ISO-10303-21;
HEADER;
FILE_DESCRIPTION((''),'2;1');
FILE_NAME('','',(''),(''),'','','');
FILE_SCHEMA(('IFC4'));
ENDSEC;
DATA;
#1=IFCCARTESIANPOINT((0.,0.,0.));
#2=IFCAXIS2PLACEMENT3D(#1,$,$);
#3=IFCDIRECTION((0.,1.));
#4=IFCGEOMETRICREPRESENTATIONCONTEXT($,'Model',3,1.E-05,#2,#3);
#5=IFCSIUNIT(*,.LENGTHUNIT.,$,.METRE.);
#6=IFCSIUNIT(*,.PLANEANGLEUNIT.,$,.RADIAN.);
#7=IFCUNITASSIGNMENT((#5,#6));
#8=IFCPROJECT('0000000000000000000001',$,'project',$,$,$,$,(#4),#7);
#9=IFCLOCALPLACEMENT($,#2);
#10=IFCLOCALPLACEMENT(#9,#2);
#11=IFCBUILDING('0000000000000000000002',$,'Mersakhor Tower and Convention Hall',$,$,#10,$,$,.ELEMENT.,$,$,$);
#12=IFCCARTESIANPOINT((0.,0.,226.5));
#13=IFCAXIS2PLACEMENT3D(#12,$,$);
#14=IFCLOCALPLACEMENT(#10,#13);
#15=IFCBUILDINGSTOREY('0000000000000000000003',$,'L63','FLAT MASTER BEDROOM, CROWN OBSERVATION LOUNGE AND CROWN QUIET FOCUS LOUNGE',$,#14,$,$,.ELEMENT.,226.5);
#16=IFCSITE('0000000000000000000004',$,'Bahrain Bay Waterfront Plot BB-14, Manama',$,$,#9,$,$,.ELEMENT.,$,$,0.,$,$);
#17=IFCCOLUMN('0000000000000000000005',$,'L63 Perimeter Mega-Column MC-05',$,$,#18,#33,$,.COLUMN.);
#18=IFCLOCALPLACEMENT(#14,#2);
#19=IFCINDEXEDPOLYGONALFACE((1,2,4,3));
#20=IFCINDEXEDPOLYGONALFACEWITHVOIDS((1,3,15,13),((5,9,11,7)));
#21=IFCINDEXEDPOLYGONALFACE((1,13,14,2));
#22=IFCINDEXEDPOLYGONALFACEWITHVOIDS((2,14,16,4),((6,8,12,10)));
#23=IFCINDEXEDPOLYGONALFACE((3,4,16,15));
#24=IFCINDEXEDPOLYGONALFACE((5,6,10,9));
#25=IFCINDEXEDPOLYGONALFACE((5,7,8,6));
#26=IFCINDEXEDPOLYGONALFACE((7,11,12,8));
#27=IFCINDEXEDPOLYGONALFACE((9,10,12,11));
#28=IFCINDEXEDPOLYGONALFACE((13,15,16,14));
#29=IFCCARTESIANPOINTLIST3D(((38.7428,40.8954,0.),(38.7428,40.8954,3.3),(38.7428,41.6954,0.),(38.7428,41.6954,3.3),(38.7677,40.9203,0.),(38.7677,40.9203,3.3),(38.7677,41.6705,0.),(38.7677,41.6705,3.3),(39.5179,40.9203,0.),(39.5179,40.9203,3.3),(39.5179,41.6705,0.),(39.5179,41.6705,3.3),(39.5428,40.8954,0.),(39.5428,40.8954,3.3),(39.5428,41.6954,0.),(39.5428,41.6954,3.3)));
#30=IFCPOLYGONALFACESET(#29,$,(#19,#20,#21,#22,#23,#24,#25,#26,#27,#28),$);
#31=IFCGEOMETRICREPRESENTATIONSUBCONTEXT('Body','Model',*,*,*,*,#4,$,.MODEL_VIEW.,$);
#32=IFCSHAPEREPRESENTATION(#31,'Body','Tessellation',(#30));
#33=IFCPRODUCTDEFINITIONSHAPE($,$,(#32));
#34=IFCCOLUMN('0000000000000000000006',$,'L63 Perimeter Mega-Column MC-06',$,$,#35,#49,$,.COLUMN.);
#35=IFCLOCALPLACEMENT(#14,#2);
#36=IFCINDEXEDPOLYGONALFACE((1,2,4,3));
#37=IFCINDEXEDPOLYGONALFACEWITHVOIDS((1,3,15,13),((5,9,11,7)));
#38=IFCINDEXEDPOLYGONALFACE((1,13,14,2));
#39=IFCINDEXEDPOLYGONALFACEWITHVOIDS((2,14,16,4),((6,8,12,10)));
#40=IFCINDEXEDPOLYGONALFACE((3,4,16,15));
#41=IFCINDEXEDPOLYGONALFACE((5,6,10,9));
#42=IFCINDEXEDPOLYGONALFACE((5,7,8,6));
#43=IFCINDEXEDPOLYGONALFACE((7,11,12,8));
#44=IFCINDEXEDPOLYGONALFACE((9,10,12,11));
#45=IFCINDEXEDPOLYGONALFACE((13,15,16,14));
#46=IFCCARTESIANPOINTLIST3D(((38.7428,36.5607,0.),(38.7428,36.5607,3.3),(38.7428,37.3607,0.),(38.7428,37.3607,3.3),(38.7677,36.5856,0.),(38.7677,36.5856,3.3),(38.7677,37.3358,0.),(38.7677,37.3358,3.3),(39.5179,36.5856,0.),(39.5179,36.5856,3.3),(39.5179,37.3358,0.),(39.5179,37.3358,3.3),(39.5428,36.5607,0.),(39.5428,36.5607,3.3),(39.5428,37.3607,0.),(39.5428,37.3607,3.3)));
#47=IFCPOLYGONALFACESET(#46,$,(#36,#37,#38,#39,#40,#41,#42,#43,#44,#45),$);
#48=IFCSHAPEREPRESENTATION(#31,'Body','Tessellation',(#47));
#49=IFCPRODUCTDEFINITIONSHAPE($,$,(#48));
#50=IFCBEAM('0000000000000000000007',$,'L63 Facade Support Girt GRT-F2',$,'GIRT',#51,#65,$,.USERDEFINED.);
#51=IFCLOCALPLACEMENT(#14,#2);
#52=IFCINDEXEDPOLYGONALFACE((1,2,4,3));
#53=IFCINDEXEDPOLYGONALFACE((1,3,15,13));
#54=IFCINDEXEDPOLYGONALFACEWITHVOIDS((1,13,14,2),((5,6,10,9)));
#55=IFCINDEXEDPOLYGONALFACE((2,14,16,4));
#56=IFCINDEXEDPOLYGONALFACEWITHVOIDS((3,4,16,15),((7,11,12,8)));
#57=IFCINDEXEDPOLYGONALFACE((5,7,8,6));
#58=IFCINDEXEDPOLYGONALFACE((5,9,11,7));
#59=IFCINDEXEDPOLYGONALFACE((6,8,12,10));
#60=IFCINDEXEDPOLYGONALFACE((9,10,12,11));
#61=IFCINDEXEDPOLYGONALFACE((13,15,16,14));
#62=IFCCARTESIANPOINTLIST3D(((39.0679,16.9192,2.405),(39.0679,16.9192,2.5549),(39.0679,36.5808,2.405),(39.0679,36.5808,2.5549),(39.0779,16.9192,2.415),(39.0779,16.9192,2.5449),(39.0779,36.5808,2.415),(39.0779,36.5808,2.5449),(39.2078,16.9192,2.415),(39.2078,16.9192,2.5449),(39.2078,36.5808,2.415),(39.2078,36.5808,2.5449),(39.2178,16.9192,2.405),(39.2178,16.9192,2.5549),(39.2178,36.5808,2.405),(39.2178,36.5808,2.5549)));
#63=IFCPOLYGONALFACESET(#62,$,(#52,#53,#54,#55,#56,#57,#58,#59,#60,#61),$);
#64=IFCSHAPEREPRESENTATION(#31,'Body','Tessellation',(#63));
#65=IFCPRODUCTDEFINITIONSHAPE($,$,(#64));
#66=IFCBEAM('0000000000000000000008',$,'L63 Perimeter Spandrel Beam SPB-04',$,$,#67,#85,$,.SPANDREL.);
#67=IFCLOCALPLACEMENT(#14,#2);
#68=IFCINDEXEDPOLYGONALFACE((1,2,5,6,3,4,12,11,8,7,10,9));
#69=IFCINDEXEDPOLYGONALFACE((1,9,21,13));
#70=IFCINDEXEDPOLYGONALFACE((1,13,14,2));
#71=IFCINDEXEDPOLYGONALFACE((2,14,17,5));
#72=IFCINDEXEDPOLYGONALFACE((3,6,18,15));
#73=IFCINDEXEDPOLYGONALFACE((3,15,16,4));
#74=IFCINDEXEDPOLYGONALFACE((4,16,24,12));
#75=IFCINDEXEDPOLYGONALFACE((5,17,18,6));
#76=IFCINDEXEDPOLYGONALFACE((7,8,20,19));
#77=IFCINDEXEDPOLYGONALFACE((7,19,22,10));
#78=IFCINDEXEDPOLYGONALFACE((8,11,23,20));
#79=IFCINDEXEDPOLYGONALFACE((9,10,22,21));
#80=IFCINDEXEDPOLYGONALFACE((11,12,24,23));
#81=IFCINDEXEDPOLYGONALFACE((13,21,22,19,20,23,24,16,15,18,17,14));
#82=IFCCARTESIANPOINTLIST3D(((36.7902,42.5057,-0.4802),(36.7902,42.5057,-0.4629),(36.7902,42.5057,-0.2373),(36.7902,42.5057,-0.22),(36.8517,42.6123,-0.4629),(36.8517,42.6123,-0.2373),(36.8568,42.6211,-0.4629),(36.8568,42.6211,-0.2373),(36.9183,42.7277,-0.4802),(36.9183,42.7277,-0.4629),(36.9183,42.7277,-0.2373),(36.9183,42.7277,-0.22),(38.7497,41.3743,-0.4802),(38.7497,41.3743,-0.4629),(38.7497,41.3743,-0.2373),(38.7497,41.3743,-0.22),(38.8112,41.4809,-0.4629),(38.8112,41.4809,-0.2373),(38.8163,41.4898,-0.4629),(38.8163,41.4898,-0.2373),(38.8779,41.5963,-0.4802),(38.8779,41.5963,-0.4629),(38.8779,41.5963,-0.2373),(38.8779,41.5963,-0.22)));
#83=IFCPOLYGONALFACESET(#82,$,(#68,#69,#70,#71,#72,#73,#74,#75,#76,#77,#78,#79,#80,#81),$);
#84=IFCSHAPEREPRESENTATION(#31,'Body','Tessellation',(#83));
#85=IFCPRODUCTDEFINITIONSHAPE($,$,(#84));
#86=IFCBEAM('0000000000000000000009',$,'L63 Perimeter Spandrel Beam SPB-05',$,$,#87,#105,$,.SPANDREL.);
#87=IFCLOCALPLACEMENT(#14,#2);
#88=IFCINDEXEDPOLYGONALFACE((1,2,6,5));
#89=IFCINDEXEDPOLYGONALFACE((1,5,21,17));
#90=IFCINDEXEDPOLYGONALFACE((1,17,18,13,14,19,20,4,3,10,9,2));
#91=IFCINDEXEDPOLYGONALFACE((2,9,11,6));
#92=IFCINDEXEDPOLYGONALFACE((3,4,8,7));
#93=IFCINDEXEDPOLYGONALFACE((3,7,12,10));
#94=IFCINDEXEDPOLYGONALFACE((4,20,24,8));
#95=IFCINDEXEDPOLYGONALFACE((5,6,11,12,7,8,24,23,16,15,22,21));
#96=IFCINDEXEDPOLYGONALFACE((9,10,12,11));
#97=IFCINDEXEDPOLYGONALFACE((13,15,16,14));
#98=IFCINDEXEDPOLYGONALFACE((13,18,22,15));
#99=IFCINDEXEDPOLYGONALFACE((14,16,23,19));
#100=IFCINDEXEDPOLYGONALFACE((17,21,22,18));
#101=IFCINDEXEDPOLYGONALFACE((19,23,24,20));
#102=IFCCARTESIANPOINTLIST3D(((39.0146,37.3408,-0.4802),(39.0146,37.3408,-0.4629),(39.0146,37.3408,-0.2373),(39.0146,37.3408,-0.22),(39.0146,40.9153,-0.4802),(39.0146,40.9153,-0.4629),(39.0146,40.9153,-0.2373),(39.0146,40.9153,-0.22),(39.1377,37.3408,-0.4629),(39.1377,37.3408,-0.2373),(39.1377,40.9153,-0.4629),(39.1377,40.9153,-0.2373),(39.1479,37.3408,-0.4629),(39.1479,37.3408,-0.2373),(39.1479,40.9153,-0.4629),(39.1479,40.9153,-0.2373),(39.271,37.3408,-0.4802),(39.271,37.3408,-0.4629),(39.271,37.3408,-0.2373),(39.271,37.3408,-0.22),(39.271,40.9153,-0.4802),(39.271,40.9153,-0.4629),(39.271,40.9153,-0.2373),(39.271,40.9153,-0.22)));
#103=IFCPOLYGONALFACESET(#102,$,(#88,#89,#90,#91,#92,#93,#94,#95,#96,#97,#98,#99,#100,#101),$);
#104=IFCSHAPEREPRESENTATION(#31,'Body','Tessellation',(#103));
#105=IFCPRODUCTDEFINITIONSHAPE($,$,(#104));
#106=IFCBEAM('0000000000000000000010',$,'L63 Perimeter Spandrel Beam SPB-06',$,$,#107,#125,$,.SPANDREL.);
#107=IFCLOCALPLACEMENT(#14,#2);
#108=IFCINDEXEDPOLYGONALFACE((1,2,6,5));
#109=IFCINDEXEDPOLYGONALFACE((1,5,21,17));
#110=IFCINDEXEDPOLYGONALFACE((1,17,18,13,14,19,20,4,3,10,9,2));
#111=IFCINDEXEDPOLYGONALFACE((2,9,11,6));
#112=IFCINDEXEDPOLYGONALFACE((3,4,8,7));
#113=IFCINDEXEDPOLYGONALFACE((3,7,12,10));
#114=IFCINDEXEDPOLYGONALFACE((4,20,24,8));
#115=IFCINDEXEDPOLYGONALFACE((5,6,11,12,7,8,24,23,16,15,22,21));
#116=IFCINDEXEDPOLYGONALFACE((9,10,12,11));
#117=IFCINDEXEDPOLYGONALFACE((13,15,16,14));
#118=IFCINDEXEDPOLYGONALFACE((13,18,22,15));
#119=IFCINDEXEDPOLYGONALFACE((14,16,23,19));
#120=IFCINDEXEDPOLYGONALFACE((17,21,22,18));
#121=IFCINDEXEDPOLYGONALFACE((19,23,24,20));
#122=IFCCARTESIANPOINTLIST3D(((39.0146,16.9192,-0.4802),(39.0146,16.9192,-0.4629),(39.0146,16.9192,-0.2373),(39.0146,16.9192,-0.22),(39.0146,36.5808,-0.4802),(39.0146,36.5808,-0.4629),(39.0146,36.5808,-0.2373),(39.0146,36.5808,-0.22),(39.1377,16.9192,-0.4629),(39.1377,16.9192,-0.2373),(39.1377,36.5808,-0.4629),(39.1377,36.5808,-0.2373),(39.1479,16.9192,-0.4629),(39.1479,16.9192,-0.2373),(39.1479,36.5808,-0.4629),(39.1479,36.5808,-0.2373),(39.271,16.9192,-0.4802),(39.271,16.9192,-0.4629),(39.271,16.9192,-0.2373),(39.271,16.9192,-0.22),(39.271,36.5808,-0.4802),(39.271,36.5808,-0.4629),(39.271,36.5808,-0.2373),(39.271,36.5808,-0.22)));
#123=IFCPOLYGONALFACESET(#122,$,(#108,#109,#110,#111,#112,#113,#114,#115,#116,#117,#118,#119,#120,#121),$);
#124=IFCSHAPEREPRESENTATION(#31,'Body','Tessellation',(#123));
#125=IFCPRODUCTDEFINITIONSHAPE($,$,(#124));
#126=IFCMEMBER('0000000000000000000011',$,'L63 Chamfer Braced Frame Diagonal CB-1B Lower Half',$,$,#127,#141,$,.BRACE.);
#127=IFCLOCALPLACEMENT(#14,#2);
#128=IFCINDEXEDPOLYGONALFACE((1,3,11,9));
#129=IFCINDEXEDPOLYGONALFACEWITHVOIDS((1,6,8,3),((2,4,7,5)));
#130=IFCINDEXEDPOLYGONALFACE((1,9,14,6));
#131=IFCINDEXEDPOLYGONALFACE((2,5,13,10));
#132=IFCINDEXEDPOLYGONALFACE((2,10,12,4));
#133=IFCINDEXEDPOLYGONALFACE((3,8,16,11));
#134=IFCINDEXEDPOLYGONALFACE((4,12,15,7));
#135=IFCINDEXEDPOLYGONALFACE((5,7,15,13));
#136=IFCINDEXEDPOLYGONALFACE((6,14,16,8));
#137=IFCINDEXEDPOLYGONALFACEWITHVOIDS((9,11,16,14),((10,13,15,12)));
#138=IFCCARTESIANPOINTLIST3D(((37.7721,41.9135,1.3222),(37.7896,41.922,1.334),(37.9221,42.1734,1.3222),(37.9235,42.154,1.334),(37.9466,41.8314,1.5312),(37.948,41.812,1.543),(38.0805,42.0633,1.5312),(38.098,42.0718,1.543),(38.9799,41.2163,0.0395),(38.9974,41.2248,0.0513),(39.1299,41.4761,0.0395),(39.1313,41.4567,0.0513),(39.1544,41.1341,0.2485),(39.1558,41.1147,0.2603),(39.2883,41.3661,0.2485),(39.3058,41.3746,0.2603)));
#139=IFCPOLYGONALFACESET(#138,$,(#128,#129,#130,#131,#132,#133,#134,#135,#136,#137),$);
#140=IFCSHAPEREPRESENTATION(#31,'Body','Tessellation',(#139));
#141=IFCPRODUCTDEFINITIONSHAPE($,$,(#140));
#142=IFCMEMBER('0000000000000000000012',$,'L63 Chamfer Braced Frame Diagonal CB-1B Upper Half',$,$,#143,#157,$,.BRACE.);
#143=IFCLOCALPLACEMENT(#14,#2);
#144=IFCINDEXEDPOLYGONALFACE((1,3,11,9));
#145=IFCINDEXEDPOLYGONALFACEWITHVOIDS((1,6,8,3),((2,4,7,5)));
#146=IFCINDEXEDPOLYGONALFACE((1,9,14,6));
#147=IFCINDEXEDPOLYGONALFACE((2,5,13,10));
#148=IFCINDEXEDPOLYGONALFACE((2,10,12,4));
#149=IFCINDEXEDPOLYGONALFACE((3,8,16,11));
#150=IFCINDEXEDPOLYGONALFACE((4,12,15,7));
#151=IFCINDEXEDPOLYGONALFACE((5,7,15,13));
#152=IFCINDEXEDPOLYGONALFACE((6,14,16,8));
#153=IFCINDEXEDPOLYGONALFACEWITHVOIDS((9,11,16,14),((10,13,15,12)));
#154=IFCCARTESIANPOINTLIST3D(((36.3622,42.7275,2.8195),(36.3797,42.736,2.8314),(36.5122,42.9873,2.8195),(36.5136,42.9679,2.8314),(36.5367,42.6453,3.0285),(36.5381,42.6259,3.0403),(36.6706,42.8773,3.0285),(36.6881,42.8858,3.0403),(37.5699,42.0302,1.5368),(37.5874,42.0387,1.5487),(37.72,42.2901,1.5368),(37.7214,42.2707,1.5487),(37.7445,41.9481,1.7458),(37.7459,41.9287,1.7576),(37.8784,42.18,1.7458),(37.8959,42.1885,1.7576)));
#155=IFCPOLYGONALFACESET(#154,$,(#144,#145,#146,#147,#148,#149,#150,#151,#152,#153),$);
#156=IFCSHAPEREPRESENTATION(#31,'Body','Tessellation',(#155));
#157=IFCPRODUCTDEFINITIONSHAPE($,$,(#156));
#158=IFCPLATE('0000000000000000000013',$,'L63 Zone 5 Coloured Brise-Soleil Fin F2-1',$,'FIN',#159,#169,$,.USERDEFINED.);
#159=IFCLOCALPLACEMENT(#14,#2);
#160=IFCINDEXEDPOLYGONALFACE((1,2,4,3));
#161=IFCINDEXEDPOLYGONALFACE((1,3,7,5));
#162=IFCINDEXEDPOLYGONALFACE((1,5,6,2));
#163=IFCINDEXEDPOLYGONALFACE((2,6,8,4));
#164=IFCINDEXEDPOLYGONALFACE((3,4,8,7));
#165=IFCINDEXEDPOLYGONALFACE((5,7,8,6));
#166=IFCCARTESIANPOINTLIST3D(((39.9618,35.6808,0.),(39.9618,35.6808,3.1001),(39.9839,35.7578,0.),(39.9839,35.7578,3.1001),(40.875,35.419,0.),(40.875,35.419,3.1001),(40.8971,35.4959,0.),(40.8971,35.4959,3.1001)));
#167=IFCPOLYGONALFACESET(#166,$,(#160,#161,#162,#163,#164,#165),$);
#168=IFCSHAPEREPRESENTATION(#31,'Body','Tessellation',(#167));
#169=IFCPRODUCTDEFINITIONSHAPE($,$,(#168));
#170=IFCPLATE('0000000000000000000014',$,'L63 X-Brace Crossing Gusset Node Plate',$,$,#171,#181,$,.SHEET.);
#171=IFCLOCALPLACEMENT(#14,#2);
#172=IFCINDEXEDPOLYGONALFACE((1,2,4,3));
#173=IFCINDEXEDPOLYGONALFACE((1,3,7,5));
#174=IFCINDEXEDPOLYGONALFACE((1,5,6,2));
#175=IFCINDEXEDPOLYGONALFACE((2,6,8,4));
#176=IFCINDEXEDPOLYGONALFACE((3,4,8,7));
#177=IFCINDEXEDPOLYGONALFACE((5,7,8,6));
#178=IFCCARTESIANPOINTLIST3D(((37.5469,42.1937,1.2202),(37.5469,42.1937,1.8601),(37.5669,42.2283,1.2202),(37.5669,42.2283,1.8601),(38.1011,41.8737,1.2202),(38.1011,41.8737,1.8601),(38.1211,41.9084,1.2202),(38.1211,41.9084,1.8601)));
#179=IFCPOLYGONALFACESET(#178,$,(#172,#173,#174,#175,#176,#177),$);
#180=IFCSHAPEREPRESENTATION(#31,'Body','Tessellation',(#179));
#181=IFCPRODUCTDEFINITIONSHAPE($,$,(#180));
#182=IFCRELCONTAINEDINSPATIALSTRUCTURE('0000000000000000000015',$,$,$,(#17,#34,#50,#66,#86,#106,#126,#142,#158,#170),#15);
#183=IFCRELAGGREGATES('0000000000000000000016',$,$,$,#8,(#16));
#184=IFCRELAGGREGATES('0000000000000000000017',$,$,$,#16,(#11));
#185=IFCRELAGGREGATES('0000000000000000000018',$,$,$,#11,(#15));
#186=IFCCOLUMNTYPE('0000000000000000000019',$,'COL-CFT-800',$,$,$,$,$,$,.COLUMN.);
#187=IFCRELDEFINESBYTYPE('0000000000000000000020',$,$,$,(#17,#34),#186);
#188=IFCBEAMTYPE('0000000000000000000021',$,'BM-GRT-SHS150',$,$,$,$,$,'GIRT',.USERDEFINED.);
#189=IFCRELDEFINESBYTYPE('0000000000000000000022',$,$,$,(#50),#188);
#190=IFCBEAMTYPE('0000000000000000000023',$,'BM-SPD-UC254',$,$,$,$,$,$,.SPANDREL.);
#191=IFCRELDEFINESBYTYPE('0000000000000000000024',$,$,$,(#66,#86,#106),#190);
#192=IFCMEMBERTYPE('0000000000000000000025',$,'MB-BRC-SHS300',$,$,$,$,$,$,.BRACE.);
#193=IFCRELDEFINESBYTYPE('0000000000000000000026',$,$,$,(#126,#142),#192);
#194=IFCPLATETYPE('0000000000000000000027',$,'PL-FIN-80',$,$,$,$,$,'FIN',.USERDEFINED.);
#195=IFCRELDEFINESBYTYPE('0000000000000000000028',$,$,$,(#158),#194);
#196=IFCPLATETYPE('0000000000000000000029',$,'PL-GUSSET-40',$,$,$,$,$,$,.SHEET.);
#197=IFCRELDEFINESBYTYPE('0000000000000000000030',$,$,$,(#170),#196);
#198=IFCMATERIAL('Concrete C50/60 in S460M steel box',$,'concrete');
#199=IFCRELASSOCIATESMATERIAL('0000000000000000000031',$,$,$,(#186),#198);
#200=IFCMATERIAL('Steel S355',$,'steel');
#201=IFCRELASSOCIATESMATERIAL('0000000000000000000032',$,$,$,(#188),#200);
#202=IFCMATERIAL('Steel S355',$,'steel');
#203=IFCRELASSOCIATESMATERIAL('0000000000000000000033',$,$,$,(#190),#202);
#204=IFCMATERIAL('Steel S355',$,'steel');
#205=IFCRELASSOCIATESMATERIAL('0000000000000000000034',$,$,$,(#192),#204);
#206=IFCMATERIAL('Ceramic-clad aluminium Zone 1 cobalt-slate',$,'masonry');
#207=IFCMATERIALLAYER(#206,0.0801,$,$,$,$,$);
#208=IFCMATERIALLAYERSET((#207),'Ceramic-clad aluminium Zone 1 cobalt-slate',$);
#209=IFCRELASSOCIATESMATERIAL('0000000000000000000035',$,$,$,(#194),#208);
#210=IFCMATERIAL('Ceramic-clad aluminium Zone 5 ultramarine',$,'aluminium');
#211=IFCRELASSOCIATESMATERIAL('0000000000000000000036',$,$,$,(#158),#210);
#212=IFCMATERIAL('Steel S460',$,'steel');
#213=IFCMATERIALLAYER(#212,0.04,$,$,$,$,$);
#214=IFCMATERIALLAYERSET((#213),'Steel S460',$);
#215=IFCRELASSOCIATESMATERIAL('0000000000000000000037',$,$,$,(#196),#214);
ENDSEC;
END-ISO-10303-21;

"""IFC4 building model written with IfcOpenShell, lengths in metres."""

from ifc_helpers import new_model, si_unit, direction, frame, origin, origin_2d, place, context, subcontext, project, spatial, rectangle, hollow_rectangle, i_section, extrude, material, layer, layer_set, material_profile, profile_set, type_object, element, save


model = new_model("IFC4")

# Units and contexts
model_context = context("Model", 3, precision=1e-05, world=origin(), true_north=direction((0.0, 1.0)))
body_context = subcontext(model_context, "Body", "Model", "MODEL_VIEW")
ifc_project = project(units=[si_unit("LENGTHUNIT", "METRE"), si_unit("PLANEANGLEUNIT", "RADIAN")], contexts=[model_context])

# Site, building, storey
site_placement = place(None, origin())
site = spatial("IfcSite", under=ifc_project, at=site_placement, Name="Bahrain Bay Waterfront Plot BB-14, Manama", CompositionType="ELEMENT", RefElevation=0.0)
building_placement = place(site_placement, origin())
building = spatial("IfcBuilding", under=site, at=building_placement, Name="Mersakhor Tower and Convention Hall", CompositionType="ELEMENT")
storey_placement = place(building_placement, frame((0.0, 0.0, 226.5)))
storey = spatial("IfcBuildingStorey", under=building, at=storey_placement, Name="L63", Description="FLAT MASTER BEDROOM, CROWN OBSERVATION LOUNGE AND CROWN QUIET FOCUS LOUNGE", CompositionType="ELEMENT", Elevation=226.5)

# Columns
ifc_material_1 = material(Name="Concrete C50/60 in S460M steel box", Category="concrete")
ifc_material_profile_1 = material_profile(ifc_material_1, hollow_rectangle(XDim=0.8, YDim=0.8, WallThickness=0.0249, at=origin_2d()), Name="SHS 800x800x25")
ifc_profile_set_1 = profile_set([ifc_material_profile_1], Name="Concrete C50/60 in S460M steel box")
column_type = type_object("IfcColumnType", Name="COL-CFT-800", PredefinedType="COLUMN", material=ifc_profile_set_1)
for number, where, z_axis, x_axis, name in (
    (1, (39.1428, 41.2954, 0.0), (0.0, 0.0, 1.0), (1.0, 0.0, 0.0), "L63 Perimeter Mega-Column MC-05"),
    (2, (39.1428, 36.9607, 0.0), (0.0, 0.0, 1.0), (1.0, 0.0, 0.0), "L63 Perimeter Mega-Column MC-06"),
):
    element("IfcColumn", number, at=place(storey_placement, frame(where, z_axis=z_axis, x_axis=x_axis)), inside=storey, type_object=column_type, Name=name, PredefinedType="COLUMN", context=body_context, shape_type="SweptSolid", body=[
        extrude(hollow_rectangle(XDim=0.8, YDim=0.8, WallThickness=0.0249, at=origin_2d()), origin(), (0.0, 0.0, 1.0), 3.3),
    ])

# Beams
ifc_material_2 = material(Name="Steel S355", Category="steel")
ifc_material_profile_2 = material_profile(ifc_material_2, hollow_rectangle(XDim=0.1499, YDim=0.1499, WallThickness=0.01, at=origin_2d()), Name="SHS 150x150x10")
ifc_profile_set_2 = profile_set([ifc_material_profile_2], Name="Steel S355")
beam_type_1 = type_object("IfcBeamType", Name="BM-GRT-SHS150", ElementType="GIRT", PredefinedType="USERDEFINED", material=ifc_profile_set_2)
beam_1_placement = place(storey_placement, frame((39.1428, 36.5808, 2.48), z_axis=(0.0, -1.0, 0.0), x_axis=(1.0, 0.0, 0.0)))
element("IfcBeam", 3, at=beam_1_placement, inside=storey, type_object=beam_type_1, Name="L63 Facade Support Girt GRT-F2", ObjectType="GIRT", PredefinedType="USERDEFINED", context=body_context, shape_type="SweptSolid", body=[
    extrude(hollow_rectangle(XDim=0.1499, YDim=0.1499, WallThickness=0.01, at=origin_2d()), origin(), (0.0, 0.0, 1.0), 19.6616),
])
ifc_material_3 = material(Name="Steel S355", Category="steel")
ifc_material_profile_3 = material_profile(ifc_material_3, i_section(OverallWidth=0.2563, OverallDepth=0.2603, WebThickness=0.0103, FlangeThickness=0.0173, at=origin_2d()), Name="UC 254x254x89")
ifc_profile_set_3 = profile_set([ifc_material_profile_3], Name="Steel S355")
beam_type_2 = type_object("IfcBeamType", Name="BM-SPD-UC254", PredefinedType="SPANDREL", material=ifc_profile_set_3)
beam_2_placement = place(storey_placement, frame((36.8542, 42.6167, -0.3501), z_axis=(0.866017, -0.500015, 0.0), x_axis=(0.500015, 0.866017, 0.0)))
element("IfcBeam", 4, at=beam_2_placement, inside=storey, type_object=beam_type_2, Name="L63 Perimeter Spandrel Beam SPB-04", PredefinedType="SPANDREL", context=body_context, shape_type="SweptSolid", body=[
    extrude(i_section(OverallWidth=0.2563, OverallDepth=0.2603, WebThickness=0.0103, FlangeThickness=0.0173, at=origin_2d()), origin(), (0.0, 0.0, 1.0), 2.2627),
])
beam_3_placement = place(storey_placement, frame((39.1428, 40.9153, -0.3501), z_axis=(0.0, -1.0, 0.0), x_axis=(1.0, 0.0, 0.0)))
element("IfcBeam", 5, at=beam_3_placement, inside=storey, type_object=beam_type_2, Name="L63 Perimeter Spandrel Beam SPB-05", PredefinedType="SPANDREL", context=body_context, shape_type="SweptSolid", body=[
    extrude(i_section(OverallWidth=0.2563, OverallDepth=0.2603, WebThickness=0.0103, FlangeThickness=0.0173, at=origin_2d()), origin(), (0.0, 0.0, 1.0), 3.5745),
])
beam_4_placement = place(storey_placement, frame((39.1428, 36.5808, -0.3501), z_axis=(0.0, -1.0, 0.0), x_axis=(1.0, 0.0, 0.0)))
element("IfcBeam", 6, at=beam_4_placement, inside=storey, type_object=beam_type_2, Name="L63 Perimeter Spandrel Beam SPB-06", PredefinedType="SPANDREL", context=body_context, shape_type="SweptSolid", body=[
    extrude(i_section(OverallWidth=0.2563, OverallDepth=0.2603, WebThickness=0.0103, FlangeThickness=0.0173, at=origin_2d()), origin(), (0.0, 0.0, 1.0), 19.6616),
])

# Members
ifc_material_4 = material(Name="Steel S355", Category="steel")
ifc_material_profile_4 = material_profile(ifc_material_4, hollow_rectangle(XDim=0.3, YDim=0.3, WallThickness=0.0161, at=origin_2d()), Name="SHS 300x300x16")
ifc_profile_set_4 = profile_set([ifc_material_profile_4], Name="Steel S355")
member_type = type_object("IfcMemberType", Name="MB-BRC-SHS300", PredefinedType="BRACE", material=ifc_profile_set_4)
for number, where, z_axis, x_axis, name in (
    (7, (39.1428, 41.2954, 0.1499), (-0.637413, 0.367991, 0.676969), (-0.49998, -0.866037, 0.0), "L63 Chamfer Braced Frame Diagonal CB-1B Lower Half"),
    (8, (37.7329, 42.1094, 1.6472), (-0.637413, 0.367991, 0.676969), (-0.49998, -0.866037, 0.0), "L63 Chamfer Braced Frame Diagonal CB-1B Upper Half"),
):
    element("IfcMember", number, at=place(storey_placement, frame(where, z_axis=z_axis, x_axis=x_axis)), inside=storey, type_object=member_type, Name=name, PredefinedType="BRACE", context=body_context, shape_type="SweptSolid", body=[
        extrude(hollow_rectangle(XDim=0.3, YDim=0.3, WallThickness=0.0161, at=origin_2d()), origin(), (0.0, 0.0, 1.0), 1.8948),
    ])

# Plates
ifc_material_5 = material(Name="Ceramic-clad aluminium Zone 5 ultramarine", Category="aluminium")
ifc_material_6 = material(Name="Ceramic-clad aluminium Zone 1 cobalt-slate", Category="masonry")
ifc_layer_1 = layer(ifc_material_6, 0.0801)
ifc_layer_set_1 = layer_set([ifc_layer_1], Name="Ceramic-clad aluminium Zone 1 cobalt-slate")
plate_type_1 = type_object("IfcPlateType", Name="PL-FIN-80", ElementType="FIN", PredefinedType="USERDEFINED", material=ifc_layer_set_1)
plate_1_placement = place(storey_placement, frame((40.4294, 35.5884, 0.0), z_axis=(0.0, 0.0, 1.0), x_axis=(0.961262, -0.275637, 0.0)))
element("IfcPlate", 9, at=plate_1_placement, inside=storey, type_object=plate_type_1, material=ifc_material_5, Name="L63 Zone 5 Coloured Brise-Soleil Fin F2-1", ObjectType="FIN", PredefinedType="USERDEFINED", context=body_context, shape_type="SweptSolid", body=[
    extrude(rectangle(XDim=0.95, YDim=0.0801, at=origin_2d()), origin(), (0.0, 0.0, 1.0), 3.1001),
])
ifc_material_7 = material(Name="Steel S460", Category="steel")
ifc_layer_2 = layer(ifc_material_7, 0.04)
ifc_layer_set_2 = layer_set([ifc_layer_2], Name="Steel S460")
plate_type_2 = type_object("IfcPlateType", Name="PL-GUSSET-40", PredefinedType="SHEET", material=ifc_layer_set_2)
plate_2_placement = place(storey_placement, frame((37.834, 42.051, 1.2202), z_axis=(0.0, 0.0, 1.0), x_axis=(-0.866025, 0.5, 0.0)))
element("IfcPlate", 10, at=plate_2_placement, inside=storey, type_object=plate_type_2, Name="L63 X-Brace Crossing Gusset Node Plate", PredefinedType="SHEET", context=body_context, shape_type="SweptSolid", body=[
    extrude(rectangle(XDim=0.6399, YDim=0.04, at=origin_2d()), origin(), (0.0, 0.0, 1.0), 0.6399),
])

save(model, "model.ifc")
